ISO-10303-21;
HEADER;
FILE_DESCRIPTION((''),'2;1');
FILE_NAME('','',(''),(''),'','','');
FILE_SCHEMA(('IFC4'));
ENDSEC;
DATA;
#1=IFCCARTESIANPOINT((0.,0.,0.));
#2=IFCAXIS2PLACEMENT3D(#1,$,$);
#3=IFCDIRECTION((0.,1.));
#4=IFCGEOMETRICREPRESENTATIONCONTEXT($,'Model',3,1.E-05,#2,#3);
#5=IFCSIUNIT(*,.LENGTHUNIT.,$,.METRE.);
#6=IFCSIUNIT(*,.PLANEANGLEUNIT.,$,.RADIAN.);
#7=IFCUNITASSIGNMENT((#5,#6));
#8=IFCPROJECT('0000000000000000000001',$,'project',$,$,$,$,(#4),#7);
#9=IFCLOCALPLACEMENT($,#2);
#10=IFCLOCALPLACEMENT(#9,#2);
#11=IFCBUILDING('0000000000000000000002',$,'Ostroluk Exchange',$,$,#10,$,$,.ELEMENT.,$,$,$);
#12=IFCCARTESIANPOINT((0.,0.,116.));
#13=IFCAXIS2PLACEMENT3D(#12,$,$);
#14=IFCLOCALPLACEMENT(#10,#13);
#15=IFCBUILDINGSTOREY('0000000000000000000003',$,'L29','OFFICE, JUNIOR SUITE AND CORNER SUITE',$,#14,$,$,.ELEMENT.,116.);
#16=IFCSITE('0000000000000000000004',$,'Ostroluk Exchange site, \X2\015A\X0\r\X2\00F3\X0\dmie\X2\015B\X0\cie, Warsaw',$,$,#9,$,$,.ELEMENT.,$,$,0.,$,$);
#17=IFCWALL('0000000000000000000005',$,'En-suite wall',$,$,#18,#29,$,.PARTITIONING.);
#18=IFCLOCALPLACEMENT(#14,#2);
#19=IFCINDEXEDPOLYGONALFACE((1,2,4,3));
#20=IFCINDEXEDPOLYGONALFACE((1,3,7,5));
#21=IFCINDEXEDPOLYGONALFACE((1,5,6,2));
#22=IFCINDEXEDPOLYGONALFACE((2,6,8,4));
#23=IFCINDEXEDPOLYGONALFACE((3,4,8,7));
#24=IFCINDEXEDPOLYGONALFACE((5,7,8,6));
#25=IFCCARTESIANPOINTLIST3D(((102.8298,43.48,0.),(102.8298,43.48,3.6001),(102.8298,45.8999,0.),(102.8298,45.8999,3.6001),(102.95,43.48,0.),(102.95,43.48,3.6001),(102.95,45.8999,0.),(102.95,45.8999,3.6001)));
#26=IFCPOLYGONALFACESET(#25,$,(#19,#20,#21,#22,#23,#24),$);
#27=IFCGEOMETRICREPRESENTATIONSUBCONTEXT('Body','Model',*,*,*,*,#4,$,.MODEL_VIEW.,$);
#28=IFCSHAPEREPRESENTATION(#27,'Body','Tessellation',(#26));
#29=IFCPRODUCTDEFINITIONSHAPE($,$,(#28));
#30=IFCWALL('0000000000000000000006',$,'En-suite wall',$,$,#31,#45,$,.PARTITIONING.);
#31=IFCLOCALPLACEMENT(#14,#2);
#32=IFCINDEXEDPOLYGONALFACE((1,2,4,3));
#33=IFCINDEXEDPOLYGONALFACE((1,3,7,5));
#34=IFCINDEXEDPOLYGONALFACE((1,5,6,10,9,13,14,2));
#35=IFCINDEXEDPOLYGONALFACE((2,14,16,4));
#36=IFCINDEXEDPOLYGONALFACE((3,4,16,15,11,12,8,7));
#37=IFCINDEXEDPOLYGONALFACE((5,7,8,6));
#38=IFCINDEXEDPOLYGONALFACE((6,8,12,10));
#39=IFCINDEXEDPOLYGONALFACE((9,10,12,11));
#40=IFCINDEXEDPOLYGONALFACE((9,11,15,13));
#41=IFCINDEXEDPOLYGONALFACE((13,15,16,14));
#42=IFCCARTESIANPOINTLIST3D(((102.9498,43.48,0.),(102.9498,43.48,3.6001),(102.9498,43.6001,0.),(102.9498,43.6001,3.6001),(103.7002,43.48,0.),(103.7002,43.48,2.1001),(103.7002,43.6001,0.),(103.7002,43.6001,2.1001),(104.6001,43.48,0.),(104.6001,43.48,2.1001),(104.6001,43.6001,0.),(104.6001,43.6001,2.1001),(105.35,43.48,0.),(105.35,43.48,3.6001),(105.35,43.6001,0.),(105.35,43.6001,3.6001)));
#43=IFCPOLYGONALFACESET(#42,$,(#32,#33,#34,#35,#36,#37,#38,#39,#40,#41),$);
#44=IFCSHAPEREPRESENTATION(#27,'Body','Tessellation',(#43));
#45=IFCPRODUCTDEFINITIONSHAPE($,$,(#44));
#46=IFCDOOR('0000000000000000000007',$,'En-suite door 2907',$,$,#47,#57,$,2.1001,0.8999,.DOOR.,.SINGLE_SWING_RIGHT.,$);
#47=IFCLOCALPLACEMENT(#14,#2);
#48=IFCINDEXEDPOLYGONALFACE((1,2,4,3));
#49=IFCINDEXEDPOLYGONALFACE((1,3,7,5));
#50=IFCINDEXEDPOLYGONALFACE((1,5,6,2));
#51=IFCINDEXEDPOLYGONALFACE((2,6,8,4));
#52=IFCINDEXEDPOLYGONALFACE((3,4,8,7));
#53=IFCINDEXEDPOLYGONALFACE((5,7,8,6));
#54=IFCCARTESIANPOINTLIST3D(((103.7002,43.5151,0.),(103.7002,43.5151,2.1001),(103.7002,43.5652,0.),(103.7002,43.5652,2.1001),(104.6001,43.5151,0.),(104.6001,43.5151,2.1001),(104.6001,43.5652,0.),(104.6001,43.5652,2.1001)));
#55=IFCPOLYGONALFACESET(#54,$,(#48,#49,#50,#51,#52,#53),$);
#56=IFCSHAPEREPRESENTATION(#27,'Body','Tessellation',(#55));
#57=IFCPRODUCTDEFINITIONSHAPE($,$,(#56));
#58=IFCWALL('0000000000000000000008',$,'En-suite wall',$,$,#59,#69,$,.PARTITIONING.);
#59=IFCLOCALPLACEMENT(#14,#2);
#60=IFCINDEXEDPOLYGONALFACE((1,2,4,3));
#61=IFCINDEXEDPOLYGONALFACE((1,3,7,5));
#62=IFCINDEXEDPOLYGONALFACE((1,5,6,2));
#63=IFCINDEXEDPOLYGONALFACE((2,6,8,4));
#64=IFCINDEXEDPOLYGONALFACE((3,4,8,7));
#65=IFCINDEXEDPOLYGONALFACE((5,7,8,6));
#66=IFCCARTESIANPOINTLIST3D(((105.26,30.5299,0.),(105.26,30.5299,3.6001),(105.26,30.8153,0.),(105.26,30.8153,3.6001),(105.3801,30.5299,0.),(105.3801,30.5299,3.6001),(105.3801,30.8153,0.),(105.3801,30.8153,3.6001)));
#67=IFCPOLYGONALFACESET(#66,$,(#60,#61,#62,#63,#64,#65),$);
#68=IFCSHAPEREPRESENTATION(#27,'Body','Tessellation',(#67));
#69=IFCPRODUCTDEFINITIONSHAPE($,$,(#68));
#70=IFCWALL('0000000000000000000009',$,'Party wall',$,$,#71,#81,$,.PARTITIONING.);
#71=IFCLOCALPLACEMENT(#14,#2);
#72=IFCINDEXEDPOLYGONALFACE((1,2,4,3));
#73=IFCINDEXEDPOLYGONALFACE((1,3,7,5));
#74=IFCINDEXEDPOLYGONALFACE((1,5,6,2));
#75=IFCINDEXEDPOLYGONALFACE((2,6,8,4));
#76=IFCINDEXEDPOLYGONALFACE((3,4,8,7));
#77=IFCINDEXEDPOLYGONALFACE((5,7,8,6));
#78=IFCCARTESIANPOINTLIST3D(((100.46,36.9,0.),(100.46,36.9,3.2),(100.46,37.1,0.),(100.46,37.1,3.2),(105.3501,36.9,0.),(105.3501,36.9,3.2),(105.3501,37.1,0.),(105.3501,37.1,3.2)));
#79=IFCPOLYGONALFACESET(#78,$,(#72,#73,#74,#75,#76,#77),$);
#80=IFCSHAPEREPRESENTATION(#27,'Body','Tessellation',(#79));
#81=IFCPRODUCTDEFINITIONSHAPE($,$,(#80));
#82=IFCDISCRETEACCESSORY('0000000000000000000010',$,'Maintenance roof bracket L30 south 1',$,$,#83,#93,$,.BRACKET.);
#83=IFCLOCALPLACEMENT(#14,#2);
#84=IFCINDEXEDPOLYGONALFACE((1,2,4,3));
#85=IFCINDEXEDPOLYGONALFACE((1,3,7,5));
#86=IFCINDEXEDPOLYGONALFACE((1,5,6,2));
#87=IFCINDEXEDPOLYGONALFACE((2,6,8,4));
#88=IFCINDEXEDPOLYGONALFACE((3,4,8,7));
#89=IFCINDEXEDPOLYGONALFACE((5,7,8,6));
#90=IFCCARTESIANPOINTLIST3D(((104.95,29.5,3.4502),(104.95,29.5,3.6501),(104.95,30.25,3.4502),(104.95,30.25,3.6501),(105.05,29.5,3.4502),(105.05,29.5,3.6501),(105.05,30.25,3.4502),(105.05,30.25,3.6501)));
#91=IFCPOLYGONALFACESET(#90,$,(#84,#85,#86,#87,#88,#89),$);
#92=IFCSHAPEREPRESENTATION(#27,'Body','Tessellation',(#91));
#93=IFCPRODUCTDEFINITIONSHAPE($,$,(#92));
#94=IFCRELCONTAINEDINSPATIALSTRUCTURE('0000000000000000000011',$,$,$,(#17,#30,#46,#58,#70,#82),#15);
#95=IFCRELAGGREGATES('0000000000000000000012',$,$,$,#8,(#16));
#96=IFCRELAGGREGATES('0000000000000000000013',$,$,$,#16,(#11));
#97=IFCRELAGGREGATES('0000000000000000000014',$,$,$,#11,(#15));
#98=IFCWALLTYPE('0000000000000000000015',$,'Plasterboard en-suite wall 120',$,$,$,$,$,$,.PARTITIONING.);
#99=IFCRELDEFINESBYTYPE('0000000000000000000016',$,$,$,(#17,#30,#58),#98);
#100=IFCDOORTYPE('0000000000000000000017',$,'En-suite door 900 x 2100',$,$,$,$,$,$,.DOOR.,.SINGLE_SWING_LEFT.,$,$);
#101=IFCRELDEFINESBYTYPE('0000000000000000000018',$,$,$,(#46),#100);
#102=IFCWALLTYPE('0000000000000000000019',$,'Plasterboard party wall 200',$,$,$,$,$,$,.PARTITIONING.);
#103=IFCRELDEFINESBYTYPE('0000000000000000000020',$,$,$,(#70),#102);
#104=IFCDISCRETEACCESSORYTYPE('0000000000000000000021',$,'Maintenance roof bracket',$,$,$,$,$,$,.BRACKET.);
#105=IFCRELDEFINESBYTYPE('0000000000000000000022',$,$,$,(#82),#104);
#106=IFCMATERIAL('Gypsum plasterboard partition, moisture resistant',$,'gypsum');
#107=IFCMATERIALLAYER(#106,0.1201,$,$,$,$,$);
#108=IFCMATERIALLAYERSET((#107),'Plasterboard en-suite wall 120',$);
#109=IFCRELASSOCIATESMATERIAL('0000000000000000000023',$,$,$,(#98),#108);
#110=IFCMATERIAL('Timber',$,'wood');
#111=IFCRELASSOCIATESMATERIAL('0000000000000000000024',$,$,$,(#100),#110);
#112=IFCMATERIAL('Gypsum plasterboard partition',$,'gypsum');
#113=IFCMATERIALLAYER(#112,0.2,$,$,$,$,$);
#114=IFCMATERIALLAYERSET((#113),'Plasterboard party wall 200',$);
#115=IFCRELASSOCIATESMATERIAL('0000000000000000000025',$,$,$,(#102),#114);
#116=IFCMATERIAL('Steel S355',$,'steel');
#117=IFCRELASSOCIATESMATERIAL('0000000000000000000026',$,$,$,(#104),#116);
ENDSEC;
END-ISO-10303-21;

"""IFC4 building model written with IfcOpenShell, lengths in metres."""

from ifc_helpers import new_model, si_unit, direction, frame, frame_2d, origin, origin_2d, place, context, subcontext, project, spatial, rectangle, extrude, material, layer, layer_set, type_object, element, fill, save


model = new_model("IFC4")

# Units and contexts
model_context = context("Model", 3, precision=1e-05, world=origin(), true_north=direction((0.0, 1.0)))
body_context = subcontext(model_context, "Body", "Model", "MODEL_VIEW")
ifc_project = project(units=[si_unit("LENGTHUNIT", "METRE"), si_unit("PLANEANGLEUNIT", "RADIAN")], contexts=[model_context])

# Site, building, storey
site_placement = place(None, origin())
site = spatial("IfcSite", under=ifc_project, at=site_placement, Name="Ostroluk Exchange site, Śródmieście, Warsaw", CompositionType="ELEMENT", RefElevation=0.0)
building_placement = place(site_placement, origin())
building = spatial("IfcBuilding", under=site, at=building_placement, Name="Ostroluk Exchange", CompositionType="ELEMENT")
storey_placement = place(building_placement, frame((0.0, 0.0, 116.0)))
storey = spatial("IfcBuildingStorey", under=building, at=storey_placement, Name="L29", Description="OFFICE, JUNIOR SUITE AND CORNER SUITE", CompositionType="ELEMENT", Elevation=116.0)

# Wall
ifc_material_1 = material(Name="Gypsum plasterboard partition, moisture resistant", Category="gypsum")
ifc_layer_1 = layer(ifc_material_1, 0.1201)
ifc_layer_set_1 = layer_set([ifc_layer_1], Name="Plasterboard en-suite wall 120")
wall_type_1 = type_object("IfcWallType", Name="Plasterboard en-suite wall 120", PredefinedType="PARTITIONING", material=ifc_layer_set_1)
wall_1_placement = place(storey_placement, frame((102.8899, 45.8999, 0.0), z_axis=(0.0, 0.0, 1.0), x_axis=(0.0, -1.0, 0.0)))
element("IfcWall", 1, at=wall_1_placement, inside=storey, type_object=wall_type_1, Name="En-suite wall", PredefinedType="PARTITIONING", context=body_context, shape_type="SweptSolid", body=[
    extrude(rectangle(XDim=2.4199, YDim=0.1201, at=frame_2d((1.21, 0.0))), origin(), (0.0, 0.0, 1.0), 3.6001),
])

# Wall, opening, door
wall_2_placement = place(storey_placement, frame((105.3501, 43.54, 0.0), z_axis=(0.0, 0.0, 1.0), x_axis=(-1.0, 0.0, 0.0)))
wall_2 = element("IfcWall", 2, at=wall_2_placement, inside=storey, type_object=wall_type_1, Name="En-suite wall", PredefinedType="PARTITIONING", context=body_context, shape_type="SweptSolid", body=[
    extrude(rectangle(XDim=2.4001, YDim=0.1201, at=frame_2d((1.2002, 0.0))), origin(), (0.0, 0.0, 1.0), 3.6001),
])
opening_1_placement = place(wall_2_placement, frame((0.75, 0.0, 0.0)))
opening_1 = element("IfcOpeningElement", 3, at=opening_1_placement, cuts=wall_2, PredefinedType="OPENING", context=body_context, shape_type="SweptSolid", body=[
    extrude(rectangle(XDim=0.8999, YDim=2.1001, at=frame_2d((0.45, 1.05))), frame((0.0, 0.0701, 0.0), z_axis=(0.0, -1.0, 0.0), x_axis=(1.0, 0.0, 0.0)), (0.0, 0.0, 1.0), 0.1401),
])
ifc_material_2 = material(Name="Timber", Category="wood")
door_type_1 = type_object("IfcDoorType", Name="En-suite door 900 x 2100", OperationType="SINGLE_SWING_LEFT", PredefinedType="DOOR", material=ifc_material_2)
door_1_placement = place(opening_1_placement, origin())
door_1 = element("IfcDoor", 4, at=door_1_placement, inside=storey, type_object=door_type_1, Name="En-suite door 2907", OperationType="SINGLE_SWING_RIGHT", OverallHeight=2.1001, OverallWidth=0.8999, PredefinedType="DOOR", context=body_context, shape_type="SweptSolid", body=[
    extrude(rectangle(XDim=0.8999, YDim=2.1001, at=frame_2d((0.45, 1.05))), frame((0.0, 0.0249, 0.0), z_axis=(0.0, -1.0, 0.0), x_axis=(1.0, 0.0, 0.0)), (0.0, 0.0, 1.0), 0.05),
])
fill(opening_1, door_1)

# Walls
wall_3_placement = place(storey_placement, frame((105.3201, 30.53, 0.0), z_axis=(0.0, 0.0, 1.0), x_axis=(0.0, 1.0, 0.0)))
element("IfcWall", 5, at=wall_3_placement, inside=storey, type_object=wall_type_1, Name="En-suite wall", PredefinedType="PARTITIONING", context=body_context, shape_type="SweptSolid", body=[
    extrude(rectangle(XDim=0.2854, YDim=0.1201, at=frame_2d((0.1426, 0.0))), origin(), (0.0, 0.0, 1.0), 3.6001),
])
ifc_material_3 = material(Name="Gypsum plasterboard partition", Category="gypsum")
ifc_layer_2 = layer(ifc_material_3, 0.2)
ifc_layer_set_2 = layer_set([ifc_layer_2], Name="Plasterboard party wall 200")
wall_type_2 = type_object("IfcWallType", Name="Plasterboard party wall 200", PredefinedType="PARTITIONING", material=ifc_layer_set_2)
wall_4_placement = place(storey_placement, frame((105.3501, 37.0, 0.0), z_axis=(0.0, 0.0, 1.0), x_axis=(-1.0, 0.0, 0.0)))
element("IfcWall", 6, at=wall_4_placement, inside=storey, type_object=wall_type_2, Name="Party wall", PredefinedType="PARTITIONING", context=body_context, shape_type="SweptSolid", body=[
    extrude(rectangle(XDim=4.8901, YDim=0.2, at=frame_2d((2.4451, 0.0))), origin(), (0.0, 0.0, 1.0), 3.2),
])

# Discrete accessory
ifc_material_4 = material(Name="Steel S355", Category="steel")
discrete_accessory_type = type_object("IfcDiscreteAccessoryType", Name="Maintenance roof bracket", PredefinedType="BRACKET", material=ifc_material_4)
discrete_accessory_placement = place(storey_placement, frame((105.0, 29.875, 3.4502), z_axis=(0.0, 0.0, 1.0), x_axis=(1.0, 0.0, 0.0)))
element("IfcDiscreteAccessory", 7, at=discrete_accessory_placement, inside=storey, type_object=discrete_accessory_type, Name="Maintenance roof bracket L30 south 1", PredefinedType="BRACKET", context=body_context, shape_type="SweptSolid", body=[
    extrude(rectangle(XDim=0.1001, YDim=0.75, at=origin_2d()), origin(), (0.0, 0.0, 1.0), 0.2),
])

save(model, "model.ifc")
